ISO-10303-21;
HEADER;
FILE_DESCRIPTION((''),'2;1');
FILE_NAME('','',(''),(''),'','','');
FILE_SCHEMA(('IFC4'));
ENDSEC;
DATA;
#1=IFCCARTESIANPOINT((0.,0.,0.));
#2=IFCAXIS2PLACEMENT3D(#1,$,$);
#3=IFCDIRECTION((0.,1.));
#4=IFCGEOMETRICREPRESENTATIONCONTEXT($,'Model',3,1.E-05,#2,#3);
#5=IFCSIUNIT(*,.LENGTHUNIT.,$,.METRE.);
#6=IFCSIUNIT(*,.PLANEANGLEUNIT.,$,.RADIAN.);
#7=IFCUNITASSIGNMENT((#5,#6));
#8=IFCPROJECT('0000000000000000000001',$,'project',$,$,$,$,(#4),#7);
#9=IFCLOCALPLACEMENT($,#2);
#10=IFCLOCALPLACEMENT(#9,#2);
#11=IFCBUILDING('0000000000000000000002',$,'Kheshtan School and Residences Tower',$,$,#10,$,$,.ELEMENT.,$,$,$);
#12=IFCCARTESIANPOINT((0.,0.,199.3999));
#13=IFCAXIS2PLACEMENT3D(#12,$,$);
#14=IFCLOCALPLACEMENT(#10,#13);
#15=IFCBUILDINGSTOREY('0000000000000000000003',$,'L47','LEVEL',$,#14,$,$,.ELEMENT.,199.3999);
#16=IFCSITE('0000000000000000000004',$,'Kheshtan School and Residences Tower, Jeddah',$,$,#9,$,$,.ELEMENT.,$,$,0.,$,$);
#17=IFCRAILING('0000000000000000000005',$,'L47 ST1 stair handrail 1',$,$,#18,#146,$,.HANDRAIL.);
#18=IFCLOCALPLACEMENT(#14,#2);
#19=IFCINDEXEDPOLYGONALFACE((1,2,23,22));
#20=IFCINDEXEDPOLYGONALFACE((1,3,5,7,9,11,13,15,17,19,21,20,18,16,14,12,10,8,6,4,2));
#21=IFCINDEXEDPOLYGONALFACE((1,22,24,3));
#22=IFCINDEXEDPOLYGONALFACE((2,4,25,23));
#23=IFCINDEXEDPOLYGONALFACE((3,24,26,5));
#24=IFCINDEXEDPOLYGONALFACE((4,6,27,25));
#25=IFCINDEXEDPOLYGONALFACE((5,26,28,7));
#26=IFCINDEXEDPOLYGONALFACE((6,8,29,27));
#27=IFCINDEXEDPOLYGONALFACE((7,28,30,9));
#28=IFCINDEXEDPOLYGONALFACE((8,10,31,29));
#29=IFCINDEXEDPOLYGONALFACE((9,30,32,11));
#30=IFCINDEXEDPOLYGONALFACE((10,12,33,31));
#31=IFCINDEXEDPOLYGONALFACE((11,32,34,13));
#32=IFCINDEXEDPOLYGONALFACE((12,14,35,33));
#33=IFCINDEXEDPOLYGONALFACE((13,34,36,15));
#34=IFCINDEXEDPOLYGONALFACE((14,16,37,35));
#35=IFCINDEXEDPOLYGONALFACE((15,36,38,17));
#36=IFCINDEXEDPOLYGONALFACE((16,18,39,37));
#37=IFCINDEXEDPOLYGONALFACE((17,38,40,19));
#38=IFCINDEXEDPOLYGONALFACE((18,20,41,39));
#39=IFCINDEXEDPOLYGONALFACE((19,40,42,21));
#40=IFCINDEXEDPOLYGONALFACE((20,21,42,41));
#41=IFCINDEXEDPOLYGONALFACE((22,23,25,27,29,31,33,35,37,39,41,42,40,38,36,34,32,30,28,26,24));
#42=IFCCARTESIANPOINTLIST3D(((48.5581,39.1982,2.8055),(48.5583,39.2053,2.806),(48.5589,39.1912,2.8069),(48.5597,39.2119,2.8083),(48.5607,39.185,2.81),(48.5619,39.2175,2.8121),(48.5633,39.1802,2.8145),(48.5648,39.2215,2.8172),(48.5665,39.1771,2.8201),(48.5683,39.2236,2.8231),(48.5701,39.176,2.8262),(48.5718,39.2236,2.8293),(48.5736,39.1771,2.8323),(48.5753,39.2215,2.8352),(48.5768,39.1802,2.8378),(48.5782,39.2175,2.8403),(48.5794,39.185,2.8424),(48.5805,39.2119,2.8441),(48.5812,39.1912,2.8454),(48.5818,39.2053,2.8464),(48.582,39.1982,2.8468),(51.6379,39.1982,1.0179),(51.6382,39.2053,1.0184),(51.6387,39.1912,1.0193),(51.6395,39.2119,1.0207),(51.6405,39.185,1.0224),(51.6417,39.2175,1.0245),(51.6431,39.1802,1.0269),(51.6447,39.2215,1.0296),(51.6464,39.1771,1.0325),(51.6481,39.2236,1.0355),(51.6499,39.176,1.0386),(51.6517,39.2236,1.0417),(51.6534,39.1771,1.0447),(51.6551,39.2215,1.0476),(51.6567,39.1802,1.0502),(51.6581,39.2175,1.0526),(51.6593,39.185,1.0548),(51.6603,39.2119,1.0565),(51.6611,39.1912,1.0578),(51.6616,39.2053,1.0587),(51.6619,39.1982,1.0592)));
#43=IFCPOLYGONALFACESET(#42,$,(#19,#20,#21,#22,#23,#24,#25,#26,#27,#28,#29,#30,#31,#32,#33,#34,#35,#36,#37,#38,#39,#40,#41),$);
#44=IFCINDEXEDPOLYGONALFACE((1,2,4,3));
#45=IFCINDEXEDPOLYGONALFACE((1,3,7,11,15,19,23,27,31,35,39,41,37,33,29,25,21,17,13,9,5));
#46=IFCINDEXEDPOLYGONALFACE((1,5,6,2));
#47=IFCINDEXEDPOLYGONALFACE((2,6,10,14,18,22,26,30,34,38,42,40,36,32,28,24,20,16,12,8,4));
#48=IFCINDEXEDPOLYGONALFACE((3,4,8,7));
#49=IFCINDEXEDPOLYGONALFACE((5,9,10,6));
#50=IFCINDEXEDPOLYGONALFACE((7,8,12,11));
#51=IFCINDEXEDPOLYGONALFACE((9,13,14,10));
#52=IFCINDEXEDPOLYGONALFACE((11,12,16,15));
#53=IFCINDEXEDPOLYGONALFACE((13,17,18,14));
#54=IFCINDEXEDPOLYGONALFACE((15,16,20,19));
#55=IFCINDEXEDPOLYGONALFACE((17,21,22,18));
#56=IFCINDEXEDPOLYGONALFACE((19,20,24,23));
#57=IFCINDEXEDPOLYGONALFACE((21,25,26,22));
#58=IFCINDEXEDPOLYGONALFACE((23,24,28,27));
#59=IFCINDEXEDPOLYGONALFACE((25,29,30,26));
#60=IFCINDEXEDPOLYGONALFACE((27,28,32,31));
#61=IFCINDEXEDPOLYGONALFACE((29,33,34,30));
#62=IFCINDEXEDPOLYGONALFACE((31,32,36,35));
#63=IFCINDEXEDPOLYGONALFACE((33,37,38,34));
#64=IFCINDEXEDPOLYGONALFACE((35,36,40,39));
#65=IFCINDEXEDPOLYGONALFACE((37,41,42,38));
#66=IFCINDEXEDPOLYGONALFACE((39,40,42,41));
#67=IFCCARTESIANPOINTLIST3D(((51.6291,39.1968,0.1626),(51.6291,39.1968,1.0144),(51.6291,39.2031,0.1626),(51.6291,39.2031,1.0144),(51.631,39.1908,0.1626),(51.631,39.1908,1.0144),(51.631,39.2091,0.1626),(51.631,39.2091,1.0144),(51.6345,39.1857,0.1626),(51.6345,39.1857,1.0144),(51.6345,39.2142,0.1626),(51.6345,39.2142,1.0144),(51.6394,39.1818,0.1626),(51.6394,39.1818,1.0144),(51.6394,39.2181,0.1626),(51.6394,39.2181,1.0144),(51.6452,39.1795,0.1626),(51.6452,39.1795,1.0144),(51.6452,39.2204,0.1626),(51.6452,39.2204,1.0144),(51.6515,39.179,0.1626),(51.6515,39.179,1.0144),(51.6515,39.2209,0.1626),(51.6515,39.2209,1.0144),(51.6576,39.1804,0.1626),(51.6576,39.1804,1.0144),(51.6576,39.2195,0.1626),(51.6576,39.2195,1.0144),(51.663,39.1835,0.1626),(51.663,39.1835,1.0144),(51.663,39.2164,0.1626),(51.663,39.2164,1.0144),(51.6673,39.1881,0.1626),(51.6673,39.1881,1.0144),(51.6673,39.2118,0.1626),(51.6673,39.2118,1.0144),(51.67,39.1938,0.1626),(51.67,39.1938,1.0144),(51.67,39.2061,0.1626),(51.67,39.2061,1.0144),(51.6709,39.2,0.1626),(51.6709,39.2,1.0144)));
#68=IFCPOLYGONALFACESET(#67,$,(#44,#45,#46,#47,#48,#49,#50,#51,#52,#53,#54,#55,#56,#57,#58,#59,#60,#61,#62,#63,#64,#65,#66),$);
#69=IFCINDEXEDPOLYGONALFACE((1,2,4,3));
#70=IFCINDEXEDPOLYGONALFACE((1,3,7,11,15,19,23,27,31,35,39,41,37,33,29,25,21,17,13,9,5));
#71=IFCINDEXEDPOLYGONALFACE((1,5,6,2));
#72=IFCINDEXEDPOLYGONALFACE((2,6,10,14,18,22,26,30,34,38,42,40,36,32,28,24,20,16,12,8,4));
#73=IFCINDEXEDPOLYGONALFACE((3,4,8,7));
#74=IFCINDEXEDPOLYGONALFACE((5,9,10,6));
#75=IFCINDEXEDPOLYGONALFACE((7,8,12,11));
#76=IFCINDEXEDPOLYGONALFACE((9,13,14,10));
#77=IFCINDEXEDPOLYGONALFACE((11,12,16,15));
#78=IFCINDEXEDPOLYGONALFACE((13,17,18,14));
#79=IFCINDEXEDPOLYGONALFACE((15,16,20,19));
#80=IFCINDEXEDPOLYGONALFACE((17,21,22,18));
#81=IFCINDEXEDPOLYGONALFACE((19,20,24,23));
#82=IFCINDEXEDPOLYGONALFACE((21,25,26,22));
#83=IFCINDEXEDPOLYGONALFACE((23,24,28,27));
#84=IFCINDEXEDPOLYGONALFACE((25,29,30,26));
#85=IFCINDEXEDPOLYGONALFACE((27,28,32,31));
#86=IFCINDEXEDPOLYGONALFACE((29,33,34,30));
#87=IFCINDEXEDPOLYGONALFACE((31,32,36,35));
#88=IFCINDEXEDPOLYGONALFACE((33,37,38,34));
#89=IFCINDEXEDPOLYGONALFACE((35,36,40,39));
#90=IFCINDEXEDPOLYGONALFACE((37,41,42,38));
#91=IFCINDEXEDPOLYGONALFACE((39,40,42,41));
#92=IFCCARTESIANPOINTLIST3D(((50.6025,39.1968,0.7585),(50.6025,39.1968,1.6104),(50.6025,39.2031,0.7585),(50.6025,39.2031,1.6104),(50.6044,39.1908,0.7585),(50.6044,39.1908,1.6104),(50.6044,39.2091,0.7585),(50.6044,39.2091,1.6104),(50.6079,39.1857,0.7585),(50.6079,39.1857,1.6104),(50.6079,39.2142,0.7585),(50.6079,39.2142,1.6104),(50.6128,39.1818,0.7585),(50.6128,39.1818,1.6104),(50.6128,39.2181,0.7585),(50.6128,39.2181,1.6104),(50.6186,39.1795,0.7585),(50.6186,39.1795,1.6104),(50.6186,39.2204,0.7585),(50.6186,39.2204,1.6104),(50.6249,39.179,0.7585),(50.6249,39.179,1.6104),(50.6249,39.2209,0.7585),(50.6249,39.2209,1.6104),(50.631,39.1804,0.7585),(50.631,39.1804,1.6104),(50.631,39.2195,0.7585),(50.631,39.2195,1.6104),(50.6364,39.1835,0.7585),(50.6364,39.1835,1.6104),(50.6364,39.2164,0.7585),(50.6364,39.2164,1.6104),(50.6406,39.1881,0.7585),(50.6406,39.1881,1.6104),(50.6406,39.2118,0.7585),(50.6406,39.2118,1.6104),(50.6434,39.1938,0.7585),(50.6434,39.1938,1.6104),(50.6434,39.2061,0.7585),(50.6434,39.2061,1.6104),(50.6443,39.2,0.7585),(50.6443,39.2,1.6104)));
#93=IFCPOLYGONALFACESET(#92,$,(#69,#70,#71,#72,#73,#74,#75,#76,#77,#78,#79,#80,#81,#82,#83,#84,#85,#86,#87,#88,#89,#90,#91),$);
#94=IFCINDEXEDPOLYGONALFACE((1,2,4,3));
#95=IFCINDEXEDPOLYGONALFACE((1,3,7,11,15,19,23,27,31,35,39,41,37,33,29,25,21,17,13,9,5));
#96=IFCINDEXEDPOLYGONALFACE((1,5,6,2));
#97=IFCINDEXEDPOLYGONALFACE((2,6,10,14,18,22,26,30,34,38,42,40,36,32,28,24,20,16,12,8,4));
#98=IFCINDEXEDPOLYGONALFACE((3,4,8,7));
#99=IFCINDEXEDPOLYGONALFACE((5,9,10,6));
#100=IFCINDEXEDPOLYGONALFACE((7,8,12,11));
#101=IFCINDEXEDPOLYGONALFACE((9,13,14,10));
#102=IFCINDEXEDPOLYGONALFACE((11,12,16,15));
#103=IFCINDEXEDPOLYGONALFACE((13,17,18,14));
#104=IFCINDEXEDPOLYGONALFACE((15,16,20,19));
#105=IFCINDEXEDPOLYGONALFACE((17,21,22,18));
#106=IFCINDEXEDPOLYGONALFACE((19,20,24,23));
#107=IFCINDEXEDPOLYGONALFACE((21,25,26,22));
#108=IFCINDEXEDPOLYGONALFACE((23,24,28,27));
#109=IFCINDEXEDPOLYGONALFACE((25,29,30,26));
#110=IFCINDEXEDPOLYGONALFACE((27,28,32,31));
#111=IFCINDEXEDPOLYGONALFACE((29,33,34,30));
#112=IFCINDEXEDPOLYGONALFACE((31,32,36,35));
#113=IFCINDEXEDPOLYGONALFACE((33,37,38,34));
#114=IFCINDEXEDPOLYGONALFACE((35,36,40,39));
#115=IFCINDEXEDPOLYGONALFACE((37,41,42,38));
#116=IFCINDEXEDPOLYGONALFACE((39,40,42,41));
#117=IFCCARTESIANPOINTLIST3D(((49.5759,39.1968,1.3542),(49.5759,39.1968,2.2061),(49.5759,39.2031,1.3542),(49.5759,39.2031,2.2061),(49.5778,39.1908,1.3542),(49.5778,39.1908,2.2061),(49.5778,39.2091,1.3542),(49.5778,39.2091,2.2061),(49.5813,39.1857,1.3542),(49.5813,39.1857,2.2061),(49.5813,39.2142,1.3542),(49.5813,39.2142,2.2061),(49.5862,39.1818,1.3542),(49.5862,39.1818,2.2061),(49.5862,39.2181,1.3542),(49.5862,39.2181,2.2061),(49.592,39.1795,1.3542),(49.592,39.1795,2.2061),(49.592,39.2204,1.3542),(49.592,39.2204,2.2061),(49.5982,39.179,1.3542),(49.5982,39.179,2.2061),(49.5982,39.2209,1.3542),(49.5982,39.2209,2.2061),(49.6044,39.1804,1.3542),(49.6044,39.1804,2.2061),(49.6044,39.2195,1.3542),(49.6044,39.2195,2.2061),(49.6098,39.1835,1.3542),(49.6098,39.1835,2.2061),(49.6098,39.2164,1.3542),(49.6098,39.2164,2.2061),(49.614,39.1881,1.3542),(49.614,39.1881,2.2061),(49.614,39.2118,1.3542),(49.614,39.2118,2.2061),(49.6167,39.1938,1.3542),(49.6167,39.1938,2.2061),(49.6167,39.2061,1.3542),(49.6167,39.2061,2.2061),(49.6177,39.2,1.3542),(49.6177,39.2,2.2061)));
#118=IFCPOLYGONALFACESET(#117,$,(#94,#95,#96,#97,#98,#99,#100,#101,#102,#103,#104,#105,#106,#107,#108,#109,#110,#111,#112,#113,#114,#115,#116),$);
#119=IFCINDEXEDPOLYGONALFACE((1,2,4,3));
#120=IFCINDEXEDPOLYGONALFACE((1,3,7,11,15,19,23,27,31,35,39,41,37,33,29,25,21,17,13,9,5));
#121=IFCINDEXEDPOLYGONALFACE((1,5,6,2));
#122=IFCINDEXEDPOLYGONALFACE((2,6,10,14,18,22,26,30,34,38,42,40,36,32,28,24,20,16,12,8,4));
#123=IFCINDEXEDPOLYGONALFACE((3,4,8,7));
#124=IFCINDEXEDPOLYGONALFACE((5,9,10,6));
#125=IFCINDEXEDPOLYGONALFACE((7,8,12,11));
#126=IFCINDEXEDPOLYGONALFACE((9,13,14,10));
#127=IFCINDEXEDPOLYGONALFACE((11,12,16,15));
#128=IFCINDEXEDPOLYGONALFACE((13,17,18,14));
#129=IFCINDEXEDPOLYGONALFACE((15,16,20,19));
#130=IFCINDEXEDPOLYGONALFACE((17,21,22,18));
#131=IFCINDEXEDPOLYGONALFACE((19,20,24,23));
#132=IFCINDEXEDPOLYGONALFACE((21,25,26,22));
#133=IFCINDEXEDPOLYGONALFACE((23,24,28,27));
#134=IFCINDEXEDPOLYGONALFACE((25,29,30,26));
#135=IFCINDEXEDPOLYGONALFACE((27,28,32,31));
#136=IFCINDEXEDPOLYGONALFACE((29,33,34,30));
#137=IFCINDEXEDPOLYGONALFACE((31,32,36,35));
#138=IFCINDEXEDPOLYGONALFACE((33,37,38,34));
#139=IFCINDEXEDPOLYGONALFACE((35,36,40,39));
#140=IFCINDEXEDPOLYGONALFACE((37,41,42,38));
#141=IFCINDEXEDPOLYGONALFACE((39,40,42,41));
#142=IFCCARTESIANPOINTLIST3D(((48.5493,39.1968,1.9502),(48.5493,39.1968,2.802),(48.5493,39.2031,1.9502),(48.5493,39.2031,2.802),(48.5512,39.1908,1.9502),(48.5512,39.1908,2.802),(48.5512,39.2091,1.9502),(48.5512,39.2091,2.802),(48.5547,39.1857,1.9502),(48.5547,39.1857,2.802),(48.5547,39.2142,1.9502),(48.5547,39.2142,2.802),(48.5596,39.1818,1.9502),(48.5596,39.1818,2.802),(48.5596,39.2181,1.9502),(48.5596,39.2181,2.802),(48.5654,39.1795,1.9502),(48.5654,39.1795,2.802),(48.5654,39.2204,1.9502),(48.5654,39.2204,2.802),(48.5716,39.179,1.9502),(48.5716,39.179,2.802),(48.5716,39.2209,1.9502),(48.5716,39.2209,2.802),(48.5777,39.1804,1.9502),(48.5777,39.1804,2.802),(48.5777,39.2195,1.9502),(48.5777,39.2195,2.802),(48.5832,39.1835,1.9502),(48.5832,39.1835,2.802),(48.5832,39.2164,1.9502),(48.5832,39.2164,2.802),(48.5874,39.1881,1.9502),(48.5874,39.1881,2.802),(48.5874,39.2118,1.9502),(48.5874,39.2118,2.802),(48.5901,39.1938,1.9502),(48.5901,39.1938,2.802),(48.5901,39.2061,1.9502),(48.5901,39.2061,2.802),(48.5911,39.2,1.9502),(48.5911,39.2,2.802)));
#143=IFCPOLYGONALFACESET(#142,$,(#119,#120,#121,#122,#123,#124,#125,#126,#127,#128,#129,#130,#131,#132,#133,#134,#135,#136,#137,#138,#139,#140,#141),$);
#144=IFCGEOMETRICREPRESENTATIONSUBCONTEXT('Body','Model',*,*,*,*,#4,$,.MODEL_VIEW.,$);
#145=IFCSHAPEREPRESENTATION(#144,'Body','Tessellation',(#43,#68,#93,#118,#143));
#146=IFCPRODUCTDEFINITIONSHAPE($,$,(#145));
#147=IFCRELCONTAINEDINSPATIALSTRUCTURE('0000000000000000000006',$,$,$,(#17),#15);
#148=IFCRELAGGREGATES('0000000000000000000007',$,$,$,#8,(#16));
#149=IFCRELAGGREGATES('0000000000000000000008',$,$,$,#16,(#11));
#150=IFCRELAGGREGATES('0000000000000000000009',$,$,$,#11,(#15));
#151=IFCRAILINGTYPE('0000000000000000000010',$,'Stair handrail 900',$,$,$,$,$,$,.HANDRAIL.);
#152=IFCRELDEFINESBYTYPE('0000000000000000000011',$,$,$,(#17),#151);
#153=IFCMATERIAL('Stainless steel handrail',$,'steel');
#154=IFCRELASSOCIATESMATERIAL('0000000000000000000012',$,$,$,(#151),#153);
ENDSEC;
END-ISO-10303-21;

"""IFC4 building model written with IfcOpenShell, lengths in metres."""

from ifc_helpers import new_model, si_unit, direction, frame, origin, origin_2d, place, context, subcontext, project, spatial, circle, extrude, material, type_object, element, save


model = new_model("IFC4")

# Units and contexts
model_context = context("Model", 3, precision=1e-05, world=origin(), true_north=direction((0.0, 1.0)))
body_context = subcontext(model_context, "Body", "Model", "MODEL_VIEW")
ifc_project = project(units=[si_unit("LENGTHUNIT", "METRE"), si_unit("PLANEANGLEUNIT", "RADIAN")], contexts=[model_context])

# Site, building, storey
site_placement = place(None, origin())
site = spatial("IfcSite", under=ifc_project, at=site_placement, Name="Kheshtan School and Residences Tower, Jeddah", CompositionType="ELEMENT", RefElevation=0.0)
building_placement = place(site_placement, origin())
building = spatial("IfcBuilding", under=site, at=building_placement, Name="Kheshtan School and Residences Tower", CompositionType="ELEMENT")
storey_placement = place(building_placement, frame((0.0, 0.0, 199.3999)))
storey = spatial("IfcBuildingStorey", under=building, at=storey_placement, Name="L47", Description="LEVEL", CompositionType="ELEMENT", Elevation=199.3999)

# Railing
ifc_material_1 = material(Name="Stainless steel handrail", Category="steel")
railing_type_1 = type_object("IfcRailingType", Name="Stair handrail 900", PredefinedType="HANDRAIL", material=ifc_material_1)
railing_1_placement = place(storey_placement, frame((51.6499, 39.2, 0.1626)))
element("IfcRailing", 1, at=railing_1_placement, inside=storey, type_object=railing_type_1, Name="L47 ST1 stair handrail 1", PredefinedType="HANDRAIL", context=body_context, shape_type="SweptSolid", body=[
    extrude(circle(Radius=0.0239, at=origin_2d()), frame((0.0, 0.0, 0.876), z_axis=(-0.864873, 0.0, 0.50199), x_axis=(0.0, -1.0, 0.0)), (0.0, 0.0, 1.0), 3.561),
    extrude(circle(Radius=0.021, at=origin_2d()), origin(), (0.0, 0.0, 1.0), 0.8518),
    extrude(circle(Radius=0.021, at=origin_2d()), frame((-1.0266, 0.0, 0.5959)), (0.0, 0.0, 1.0), 0.8518),
    extrude(circle(Radius=0.021, at=origin_2d()), frame((-2.0532, 0.0, 1.1917)), (0.0, 0.0, 1.0), 0.8518),
    extrude(circle(Radius=0.021, at=origin_2d()), frame((-3.0798, 0.0, 1.7876)), (0.0, 0.0, 1.0), 0.8518),
])

save(model, "model.ifc")
